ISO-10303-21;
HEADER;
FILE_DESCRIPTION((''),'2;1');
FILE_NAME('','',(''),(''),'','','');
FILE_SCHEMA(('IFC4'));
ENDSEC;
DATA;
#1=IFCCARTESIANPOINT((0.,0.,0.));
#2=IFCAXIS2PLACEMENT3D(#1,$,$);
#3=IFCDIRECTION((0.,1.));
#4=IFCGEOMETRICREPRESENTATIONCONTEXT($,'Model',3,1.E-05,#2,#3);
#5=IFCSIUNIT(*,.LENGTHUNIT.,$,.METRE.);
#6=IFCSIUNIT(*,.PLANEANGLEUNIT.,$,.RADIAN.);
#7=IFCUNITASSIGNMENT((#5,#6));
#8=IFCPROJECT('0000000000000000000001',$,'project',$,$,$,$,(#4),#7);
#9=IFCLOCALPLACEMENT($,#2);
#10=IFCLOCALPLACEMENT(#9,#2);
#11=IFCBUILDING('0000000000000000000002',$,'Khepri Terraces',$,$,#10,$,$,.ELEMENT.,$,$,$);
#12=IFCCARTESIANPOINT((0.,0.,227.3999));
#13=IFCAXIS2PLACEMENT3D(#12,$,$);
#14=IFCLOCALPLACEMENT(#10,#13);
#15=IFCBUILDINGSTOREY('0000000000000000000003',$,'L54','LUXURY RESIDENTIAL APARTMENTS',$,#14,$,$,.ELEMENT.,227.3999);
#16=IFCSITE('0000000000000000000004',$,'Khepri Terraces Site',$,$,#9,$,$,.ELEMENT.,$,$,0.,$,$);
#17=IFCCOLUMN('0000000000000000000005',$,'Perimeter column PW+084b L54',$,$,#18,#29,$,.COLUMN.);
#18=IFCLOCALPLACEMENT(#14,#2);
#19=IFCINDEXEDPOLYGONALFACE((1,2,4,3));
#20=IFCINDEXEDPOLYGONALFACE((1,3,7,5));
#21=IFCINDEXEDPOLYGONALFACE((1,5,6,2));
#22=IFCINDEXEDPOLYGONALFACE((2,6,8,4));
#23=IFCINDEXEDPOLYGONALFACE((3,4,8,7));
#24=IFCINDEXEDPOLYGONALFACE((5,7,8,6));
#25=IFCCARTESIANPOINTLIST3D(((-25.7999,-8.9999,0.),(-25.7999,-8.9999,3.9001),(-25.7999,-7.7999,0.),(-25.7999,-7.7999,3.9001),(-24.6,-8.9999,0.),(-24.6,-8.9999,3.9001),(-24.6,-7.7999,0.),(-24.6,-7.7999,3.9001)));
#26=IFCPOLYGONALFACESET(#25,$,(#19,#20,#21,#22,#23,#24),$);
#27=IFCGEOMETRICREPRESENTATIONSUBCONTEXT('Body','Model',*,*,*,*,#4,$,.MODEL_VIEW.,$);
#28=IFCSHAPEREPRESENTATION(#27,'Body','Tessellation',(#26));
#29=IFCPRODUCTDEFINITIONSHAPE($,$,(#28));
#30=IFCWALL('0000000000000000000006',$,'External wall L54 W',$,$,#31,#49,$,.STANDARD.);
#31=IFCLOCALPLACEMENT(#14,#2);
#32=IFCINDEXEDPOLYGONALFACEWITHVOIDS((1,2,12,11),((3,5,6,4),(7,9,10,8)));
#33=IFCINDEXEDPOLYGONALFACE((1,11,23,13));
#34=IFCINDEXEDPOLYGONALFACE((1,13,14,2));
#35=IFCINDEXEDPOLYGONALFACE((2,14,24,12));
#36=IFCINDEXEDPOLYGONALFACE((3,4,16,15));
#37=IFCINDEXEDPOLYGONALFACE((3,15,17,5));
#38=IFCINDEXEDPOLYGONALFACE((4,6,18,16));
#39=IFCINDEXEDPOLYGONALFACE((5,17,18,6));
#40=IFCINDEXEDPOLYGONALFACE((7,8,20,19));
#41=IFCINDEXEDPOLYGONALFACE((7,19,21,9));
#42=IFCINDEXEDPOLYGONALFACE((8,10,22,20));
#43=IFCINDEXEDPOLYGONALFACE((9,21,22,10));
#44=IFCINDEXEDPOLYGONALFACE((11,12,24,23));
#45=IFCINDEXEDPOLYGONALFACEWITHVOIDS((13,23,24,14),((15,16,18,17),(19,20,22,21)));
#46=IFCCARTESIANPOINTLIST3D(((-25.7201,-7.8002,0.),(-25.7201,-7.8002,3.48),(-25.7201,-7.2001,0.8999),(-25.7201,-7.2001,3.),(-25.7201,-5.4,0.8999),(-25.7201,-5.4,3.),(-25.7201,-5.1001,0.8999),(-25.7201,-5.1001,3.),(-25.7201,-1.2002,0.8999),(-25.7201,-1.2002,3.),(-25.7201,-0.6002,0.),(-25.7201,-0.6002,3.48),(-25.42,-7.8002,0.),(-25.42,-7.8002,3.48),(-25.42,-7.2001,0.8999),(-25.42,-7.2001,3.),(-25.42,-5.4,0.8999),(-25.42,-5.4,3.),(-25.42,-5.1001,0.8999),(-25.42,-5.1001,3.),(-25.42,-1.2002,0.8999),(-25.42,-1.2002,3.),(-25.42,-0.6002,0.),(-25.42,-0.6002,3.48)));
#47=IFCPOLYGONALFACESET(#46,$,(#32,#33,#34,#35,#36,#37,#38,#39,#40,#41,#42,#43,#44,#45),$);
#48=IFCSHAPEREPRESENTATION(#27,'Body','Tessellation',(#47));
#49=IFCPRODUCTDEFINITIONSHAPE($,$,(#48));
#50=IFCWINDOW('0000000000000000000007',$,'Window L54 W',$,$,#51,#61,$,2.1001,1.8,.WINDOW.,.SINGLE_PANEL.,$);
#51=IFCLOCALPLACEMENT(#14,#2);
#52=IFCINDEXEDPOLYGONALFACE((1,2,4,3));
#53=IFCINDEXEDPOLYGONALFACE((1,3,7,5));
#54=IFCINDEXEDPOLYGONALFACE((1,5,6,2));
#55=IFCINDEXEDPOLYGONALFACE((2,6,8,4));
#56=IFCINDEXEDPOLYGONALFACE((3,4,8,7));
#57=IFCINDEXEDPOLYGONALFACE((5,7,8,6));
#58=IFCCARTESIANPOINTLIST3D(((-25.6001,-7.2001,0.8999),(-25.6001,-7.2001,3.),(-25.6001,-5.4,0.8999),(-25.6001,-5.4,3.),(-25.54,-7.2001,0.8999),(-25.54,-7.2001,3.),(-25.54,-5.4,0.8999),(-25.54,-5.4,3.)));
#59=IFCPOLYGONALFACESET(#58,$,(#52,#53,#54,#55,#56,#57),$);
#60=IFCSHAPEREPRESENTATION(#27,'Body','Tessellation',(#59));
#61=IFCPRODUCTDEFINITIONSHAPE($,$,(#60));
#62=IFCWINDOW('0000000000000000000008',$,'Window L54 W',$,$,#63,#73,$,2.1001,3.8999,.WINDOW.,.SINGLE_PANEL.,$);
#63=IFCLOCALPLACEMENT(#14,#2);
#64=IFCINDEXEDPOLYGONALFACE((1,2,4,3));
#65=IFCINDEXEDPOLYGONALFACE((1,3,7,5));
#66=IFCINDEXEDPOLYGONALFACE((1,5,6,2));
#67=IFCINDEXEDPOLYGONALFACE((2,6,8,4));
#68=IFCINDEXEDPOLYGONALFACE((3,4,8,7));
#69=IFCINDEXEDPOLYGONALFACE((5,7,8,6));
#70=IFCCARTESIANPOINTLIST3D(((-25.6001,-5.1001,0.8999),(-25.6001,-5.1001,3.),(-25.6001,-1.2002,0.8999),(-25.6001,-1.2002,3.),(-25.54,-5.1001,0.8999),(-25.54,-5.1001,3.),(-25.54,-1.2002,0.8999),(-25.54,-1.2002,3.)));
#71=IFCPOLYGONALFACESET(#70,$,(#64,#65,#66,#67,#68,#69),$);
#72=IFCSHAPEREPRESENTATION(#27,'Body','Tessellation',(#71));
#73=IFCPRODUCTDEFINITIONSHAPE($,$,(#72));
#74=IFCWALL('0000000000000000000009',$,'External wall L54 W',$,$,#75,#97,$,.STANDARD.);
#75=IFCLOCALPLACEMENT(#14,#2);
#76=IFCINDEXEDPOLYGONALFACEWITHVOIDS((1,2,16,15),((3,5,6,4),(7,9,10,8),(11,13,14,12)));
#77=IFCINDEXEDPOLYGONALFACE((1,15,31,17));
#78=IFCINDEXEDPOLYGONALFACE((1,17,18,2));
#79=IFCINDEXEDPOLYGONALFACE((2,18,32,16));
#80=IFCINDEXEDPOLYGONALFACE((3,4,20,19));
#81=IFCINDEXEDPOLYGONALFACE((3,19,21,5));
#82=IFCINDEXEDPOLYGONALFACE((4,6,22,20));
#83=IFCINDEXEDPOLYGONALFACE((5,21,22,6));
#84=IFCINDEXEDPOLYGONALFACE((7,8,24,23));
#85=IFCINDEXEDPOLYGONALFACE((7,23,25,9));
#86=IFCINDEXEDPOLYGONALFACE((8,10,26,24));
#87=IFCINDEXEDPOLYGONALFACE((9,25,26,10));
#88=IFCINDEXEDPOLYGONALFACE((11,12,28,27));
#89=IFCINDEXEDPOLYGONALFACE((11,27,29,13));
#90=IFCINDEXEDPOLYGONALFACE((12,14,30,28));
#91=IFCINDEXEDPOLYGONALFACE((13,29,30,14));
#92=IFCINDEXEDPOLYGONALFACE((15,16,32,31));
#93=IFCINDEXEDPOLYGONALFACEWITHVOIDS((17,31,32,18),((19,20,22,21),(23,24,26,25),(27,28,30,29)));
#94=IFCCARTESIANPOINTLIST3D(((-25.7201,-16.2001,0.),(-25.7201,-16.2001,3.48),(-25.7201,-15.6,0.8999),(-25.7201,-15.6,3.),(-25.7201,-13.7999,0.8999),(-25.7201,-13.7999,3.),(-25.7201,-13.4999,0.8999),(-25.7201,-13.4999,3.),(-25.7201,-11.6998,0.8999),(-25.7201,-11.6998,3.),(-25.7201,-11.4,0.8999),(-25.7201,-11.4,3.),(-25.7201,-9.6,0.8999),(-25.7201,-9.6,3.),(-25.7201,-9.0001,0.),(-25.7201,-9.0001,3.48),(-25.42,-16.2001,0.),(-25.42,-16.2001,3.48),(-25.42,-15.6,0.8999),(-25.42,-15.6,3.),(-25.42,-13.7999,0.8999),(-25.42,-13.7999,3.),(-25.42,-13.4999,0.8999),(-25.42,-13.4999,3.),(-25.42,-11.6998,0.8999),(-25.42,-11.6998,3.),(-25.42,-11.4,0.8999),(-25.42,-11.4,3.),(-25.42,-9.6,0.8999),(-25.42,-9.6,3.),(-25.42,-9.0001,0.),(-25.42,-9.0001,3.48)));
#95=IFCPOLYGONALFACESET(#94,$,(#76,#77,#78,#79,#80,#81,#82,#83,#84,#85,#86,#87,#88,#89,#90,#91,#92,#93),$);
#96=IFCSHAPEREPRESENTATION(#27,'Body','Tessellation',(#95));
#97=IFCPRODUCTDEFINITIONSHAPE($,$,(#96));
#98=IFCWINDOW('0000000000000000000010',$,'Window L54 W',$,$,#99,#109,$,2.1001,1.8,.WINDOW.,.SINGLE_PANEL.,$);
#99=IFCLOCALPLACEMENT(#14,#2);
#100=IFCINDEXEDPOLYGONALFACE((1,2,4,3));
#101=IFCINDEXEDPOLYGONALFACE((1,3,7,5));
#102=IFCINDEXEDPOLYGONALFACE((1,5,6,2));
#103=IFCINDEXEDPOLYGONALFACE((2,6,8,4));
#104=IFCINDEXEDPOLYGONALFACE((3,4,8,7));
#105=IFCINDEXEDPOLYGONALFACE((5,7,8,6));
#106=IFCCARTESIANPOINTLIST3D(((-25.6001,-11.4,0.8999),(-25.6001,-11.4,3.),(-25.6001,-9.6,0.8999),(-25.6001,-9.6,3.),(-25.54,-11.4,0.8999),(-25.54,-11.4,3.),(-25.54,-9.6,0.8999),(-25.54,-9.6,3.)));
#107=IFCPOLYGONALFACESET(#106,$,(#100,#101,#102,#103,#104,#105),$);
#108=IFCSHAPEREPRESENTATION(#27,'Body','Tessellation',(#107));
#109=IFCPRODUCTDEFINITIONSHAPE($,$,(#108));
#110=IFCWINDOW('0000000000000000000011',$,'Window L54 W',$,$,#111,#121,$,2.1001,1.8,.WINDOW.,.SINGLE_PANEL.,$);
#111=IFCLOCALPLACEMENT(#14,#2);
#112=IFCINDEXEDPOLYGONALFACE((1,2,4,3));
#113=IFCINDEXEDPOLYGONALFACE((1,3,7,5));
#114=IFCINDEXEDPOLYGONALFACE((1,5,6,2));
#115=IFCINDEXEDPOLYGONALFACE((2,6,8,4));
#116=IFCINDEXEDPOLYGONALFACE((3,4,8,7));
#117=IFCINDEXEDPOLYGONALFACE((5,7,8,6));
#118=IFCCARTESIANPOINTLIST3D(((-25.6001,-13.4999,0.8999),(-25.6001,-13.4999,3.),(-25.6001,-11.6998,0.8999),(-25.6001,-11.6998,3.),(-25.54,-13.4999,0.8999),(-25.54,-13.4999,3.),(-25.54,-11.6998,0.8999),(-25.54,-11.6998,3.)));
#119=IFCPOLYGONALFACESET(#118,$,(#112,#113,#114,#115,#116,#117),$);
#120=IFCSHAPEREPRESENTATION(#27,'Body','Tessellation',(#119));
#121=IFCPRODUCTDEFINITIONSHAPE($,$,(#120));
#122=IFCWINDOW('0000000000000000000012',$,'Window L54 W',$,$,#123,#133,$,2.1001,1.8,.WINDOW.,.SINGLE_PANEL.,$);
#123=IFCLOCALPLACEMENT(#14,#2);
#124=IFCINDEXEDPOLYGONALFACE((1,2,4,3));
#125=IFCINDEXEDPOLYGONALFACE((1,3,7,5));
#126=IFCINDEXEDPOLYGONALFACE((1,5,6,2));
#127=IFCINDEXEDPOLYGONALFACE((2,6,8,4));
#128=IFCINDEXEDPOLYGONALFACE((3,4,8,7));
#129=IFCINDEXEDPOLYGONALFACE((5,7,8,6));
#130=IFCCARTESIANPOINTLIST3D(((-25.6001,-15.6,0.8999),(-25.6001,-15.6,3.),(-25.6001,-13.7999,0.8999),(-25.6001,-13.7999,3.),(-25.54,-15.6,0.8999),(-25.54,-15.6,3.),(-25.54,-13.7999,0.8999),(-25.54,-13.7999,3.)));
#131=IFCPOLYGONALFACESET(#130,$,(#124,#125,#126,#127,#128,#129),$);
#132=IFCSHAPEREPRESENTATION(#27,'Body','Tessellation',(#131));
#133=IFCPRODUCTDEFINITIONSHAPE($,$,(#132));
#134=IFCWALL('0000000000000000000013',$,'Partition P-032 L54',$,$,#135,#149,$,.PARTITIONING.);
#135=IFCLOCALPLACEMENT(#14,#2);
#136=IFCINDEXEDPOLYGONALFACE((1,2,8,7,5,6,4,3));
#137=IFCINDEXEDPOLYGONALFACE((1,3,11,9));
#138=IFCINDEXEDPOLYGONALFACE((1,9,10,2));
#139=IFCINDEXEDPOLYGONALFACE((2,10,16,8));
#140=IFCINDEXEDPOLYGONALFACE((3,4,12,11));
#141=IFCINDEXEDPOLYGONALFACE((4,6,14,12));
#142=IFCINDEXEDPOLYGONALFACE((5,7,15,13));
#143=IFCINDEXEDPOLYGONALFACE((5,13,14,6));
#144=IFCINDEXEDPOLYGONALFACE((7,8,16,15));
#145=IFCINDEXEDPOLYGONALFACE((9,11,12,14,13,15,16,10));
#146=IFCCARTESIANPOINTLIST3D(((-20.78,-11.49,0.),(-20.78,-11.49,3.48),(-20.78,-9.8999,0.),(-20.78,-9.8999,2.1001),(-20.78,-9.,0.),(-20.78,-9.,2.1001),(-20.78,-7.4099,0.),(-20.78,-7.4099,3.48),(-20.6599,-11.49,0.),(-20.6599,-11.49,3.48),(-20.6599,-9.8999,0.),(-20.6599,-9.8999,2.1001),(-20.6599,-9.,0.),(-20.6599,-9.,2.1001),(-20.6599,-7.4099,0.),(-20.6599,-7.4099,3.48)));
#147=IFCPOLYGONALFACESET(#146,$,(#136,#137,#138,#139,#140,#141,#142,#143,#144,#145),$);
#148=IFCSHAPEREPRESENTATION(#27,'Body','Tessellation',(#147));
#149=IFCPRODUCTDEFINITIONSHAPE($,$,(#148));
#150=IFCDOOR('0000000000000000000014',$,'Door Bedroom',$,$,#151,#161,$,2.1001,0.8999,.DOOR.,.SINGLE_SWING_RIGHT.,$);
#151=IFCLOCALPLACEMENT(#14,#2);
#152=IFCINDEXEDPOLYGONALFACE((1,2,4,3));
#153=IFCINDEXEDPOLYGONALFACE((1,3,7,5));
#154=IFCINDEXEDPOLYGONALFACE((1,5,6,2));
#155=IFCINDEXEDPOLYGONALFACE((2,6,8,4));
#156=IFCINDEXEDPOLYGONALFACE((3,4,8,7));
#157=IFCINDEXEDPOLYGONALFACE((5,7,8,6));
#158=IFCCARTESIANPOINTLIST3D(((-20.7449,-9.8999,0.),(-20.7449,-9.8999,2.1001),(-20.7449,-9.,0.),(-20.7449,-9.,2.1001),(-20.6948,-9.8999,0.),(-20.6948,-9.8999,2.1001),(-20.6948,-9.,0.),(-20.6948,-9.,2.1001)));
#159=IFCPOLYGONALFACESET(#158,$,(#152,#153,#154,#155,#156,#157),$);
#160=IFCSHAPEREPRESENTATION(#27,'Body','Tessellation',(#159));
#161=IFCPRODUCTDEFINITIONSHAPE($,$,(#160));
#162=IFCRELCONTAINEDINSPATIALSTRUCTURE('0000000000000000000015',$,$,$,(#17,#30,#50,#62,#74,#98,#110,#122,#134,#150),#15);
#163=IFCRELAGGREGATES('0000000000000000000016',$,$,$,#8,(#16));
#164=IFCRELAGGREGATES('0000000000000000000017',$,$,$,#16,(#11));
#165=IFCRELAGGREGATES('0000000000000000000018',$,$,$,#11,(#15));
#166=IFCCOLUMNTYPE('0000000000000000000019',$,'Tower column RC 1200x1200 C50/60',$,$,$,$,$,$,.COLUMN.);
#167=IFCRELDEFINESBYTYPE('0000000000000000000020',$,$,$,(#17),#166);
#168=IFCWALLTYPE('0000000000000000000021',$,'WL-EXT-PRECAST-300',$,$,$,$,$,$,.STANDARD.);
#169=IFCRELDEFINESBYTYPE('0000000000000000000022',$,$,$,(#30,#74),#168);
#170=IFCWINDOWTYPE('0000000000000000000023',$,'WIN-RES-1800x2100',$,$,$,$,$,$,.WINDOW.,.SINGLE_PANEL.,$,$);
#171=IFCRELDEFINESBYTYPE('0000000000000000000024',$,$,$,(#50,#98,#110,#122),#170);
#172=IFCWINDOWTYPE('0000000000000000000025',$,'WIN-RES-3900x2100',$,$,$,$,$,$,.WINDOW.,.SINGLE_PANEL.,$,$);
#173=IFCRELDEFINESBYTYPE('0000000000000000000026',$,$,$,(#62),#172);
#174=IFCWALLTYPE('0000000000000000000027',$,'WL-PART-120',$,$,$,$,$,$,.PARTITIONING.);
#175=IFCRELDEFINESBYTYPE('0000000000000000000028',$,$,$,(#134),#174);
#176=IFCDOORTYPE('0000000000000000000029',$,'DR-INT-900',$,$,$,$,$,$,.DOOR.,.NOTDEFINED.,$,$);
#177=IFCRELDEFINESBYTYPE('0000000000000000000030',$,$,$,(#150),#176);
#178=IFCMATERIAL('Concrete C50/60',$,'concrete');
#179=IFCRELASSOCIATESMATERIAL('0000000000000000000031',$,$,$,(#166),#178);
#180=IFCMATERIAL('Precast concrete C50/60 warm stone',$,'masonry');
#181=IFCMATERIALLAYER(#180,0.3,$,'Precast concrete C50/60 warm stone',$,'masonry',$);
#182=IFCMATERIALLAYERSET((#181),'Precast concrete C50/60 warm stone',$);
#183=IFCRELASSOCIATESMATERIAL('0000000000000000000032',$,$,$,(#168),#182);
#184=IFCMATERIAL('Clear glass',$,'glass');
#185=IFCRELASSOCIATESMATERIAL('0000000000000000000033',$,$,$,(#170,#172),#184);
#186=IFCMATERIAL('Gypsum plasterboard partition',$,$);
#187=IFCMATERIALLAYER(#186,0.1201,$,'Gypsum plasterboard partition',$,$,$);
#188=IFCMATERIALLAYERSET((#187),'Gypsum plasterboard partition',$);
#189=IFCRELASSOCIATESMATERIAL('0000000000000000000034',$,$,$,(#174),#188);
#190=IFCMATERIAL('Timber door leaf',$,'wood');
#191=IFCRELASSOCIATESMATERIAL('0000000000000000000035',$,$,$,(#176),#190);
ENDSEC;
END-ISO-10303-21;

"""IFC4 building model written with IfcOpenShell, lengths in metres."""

from ifc_helpers import new_model, si_unit, direction, frame, frame_2d, origin, origin_2d, place, context, subcontext, project, spatial, rectangle, extrude, material, layer, layer_set, material_profile, profile_set, type_object, element, fill, save


model = new_model("IFC4")

# Units and contexts
model_context = context("Model", 3, precision=1e-05, world=origin(), true_north=direction((0.0, 1.0)))
body_context = subcontext(model_context, "Body", "Model", "MODEL_VIEW")
ifc_project = project(units=[si_unit("LENGTHUNIT", "METRE"), si_unit("PLANEANGLEUNIT", "RADIAN")], contexts=[model_context])

# Site, building, storey
site_placement = place(None, origin())
site = spatial("IfcSite", under=ifc_project, at=site_placement, Name="Khepri Terraces Site", CompositionType="ELEMENT", RefElevation=0.0)
building_placement = place(site_placement, origin())
building = spatial("IfcBuilding", under=site, at=building_placement, Name="Khepri Terraces", CompositionType="ELEMENT")
storey_placement = place(building_placement, frame((0.0, 0.0, 227.3999)))
storey = spatial("IfcBuildingStorey", under=building, at=storey_placement, Name="L54", Description="LUXURY RESIDENTIAL APARTMENTS", CompositionType="ELEMENT", Elevation=227.3999)

# Column
ifc_material_1 = material(Name="Concrete C50/60", Category="concrete")
ifc_material_profile = material_profile(ifc_material_1, rectangle(XDim=1.2, YDim=1.2, at=origin_2d()), Name="Concrete C50/60", Category="concrete")
ifc_profile_set = profile_set([ifc_material_profile], Name="Concrete C50/60")
column_type = type_object("IfcColumnType", Name="Tower column RC 1200x1200 C50/60", PredefinedType="COLUMN", material=ifc_profile_set)
column_placement = place(storey_placement, frame((-25.2, -8.3999, 0.0), z_axis=(0.0, 0.0, 1.0), x_axis=(1.0, 0.0, 0.0)))
element("IfcColumn", 1, at=column_placement, inside=storey, type_object=column_type, Name="Perimeter column PW+084b L54", PredefinedType="COLUMN", context=body_context, shape_type="SweptSolid", body=[
    extrude(rectangle(XDim=1.2, YDim=1.2, at=origin_2d()), origin(), (0.0, 0.0, 1.0), 3.9001),
])

# Walls, openings, windows
ifc_material_2 = material(Name="Precast concrete C50/60 warm stone", Category="masonry")
ifc_layer_1 = layer(ifc_material_2, 0.3, Name="Precast concrete C50/60 warm stone", Category="masonry")
ifc_layer_set_1 = layer_set([ifc_layer_1], Name="Precast concrete C50/60 warm stone")
wall_type_1 = type_object("IfcWallType", Name="WL-EXT-PRECAST-300", PredefinedType="STANDARD", material=ifc_layer_set_1)
wall_1_placement = place(storey_placement, frame((-25.5701, -0.6001, 0.0), z_axis=(0.0, 0.0, 1.0), x_axis=(0.0, -1.0, 0.0)))
wall_1 = element("IfcWall", 2, at=wall_1_placement, inside=storey, type_object=wall_type_1, Name="External wall L54 W", PredefinedType="STANDARD", context=body_context, shape_type="SweptSolid", body=[
    extrude(rectangle(XDim=7.2, YDim=0.3, at=frame_2d((3.6001, 0.0))), origin(), (0.0, 0.0, 1.0), 3.48),
])
opening_1_placement = place(wall_1_placement, frame((0.6001, 0.0, 0.8999)))
opening_1 = element("IfcOpeningElement", 3, at=opening_1_placement, cuts=wall_1, PredefinedType="OPENING", context=body_context, shape_type="SweptSolid", body=[
    extrude(rectangle(XDim=3.8999, YDim=2.1001, at=frame_2d((1.95, 1.05))), frame((0.0, 0.1602, 0.0), z_axis=(0.0, -1.0, 0.0), x_axis=(1.0, 0.0, 0.0)), (0.0, 0.0, 1.0), 0.3201),
])
opening_2_placement = place(wall_1_placement, frame((4.8, 0.0, 0.8999)))
opening_2 = element("IfcOpeningElement", 4, at=opening_2_placement, cuts=wall_1, PredefinedType="OPENING", context=body_context, shape_type="SweptSolid", body=[
    extrude(rectangle(XDim=1.8, YDim=2.1001, at=frame_2d((0.8999, 1.05))), frame((0.0, 0.1602, 0.0), z_axis=(0.0, -1.0, 0.0), x_axis=(1.0, 0.0, 0.0)), (0.0, 0.0, 1.0), 0.3201),
])
ifc_material_3 = material(Name="Clear glass", Category="glass")
window_type_1 = type_object("IfcWindowType", Name="WIN-RES-1800x2100", PartitioningType="SINGLE_PANEL", PredefinedType="WINDOW", material=ifc_material_3)
window_1_placement = place(opening_2_placement, origin())
window_1 = element("IfcWindow", 5, at=window_1_placement, inside=storey, type_object=window_type_1, Name="Window L54 W", OverallHeight=2.1001, OverallWidth=1.8, PartitioningType="SINGLE_PANEL", PredefinedType="WINDOW", context=body_context, shape_type="SweptSolid", body=[
    extrude(rectangle(XDim=1.8, YDim=2.1001, at=frame_2d((0.8999, 1.05))), frame((0.0, 0.03, 0.0), z_axis=(0.0, -1.0, 0.0), x_axis=(1.0, 0.0, 0.0)), (0.0, 0.0, 1.0), 0.0601),
])
fill(opening_2, window_1)
window_type_2 = type_object("IfcWindowType", Name="WIN-RES-3900x2100", PartitioningType="SINGLE_PANEL", PredefinedType="WINDOW", material=ifc_material_3)
window_2_placement = place(opening_1_placement, origin())
window_2 = element("IfcWindow", 6, at=window_2_placement, inside=storey, type_object=window_type_2, Name="Window L54 W", OverallHeight=2.1001, OverallWidth=3.8999, PartitioningType="SINGLE_PANEL", PredefinedType="WINDOW", context=body_context, shape_type="SweptSolid", body=[
    extrude(rectangle(XDim=3.8999, YDim=2.1001, at=frame_2d((1.95, 1.05))), frame((0.0, 0.03, 0.0), z_axis=(0.0, -1.0, 0.0), x_axis=(1.0, 0.0, 0.0)), (0.0, 0.0, 1.0), 0.0601),
])
fill(opening_1, window_2)
wall_2_placement = place(storey_placement, frame((-25.5701, -9.0, 0.0), z_axis=(0.0, 0.0, 1.0), x_axis=(0.0, -1.0, 0.0)))
wall_2 = element("IfcWall", 7, at=wall_2_placement, inside=storey, type_object=wall_type_1, Name="External wall L54 W", PredefinedType="STANDARD", context=body_context, shape_type="SweptSolid", body=[
    extrude(rectangle(XDim=7.2, YDim=0.3, at=frame_2d((3.6001, 0.0))), origin(), (0.0, 0.0, 1.0), 3.48),
])
opening_3_placement = place(wall_2_placement, frame((0.6001, 0.0, 0.8999)))
opening_3 = element("IfcOpeningElement", 8, at=opening_3_placement, cuts=wall_2, PredefinedType="OPENING", context=body_context, shape_type="SweptSolid", body=[
    extrude(rectangle(XDim=1.8, YDim=2.1001, at=frame_2d((0.8999, 1.05))), frame((0.0, 0.1602, 0.0), z_axis=(0.0, -1.0, 0.0), x_axis=(1.0, 0.0, 0.0)), (0.0, 0.0, 1.0), 0.3201),
])
opening_4_placement = place(wall_2_placement, frame((2.7, 0.0, 0.8999)))
opening_4 = element("IfcOpeningElement", 9, at=opening_4_placement, cuts=wall_2, PredefinedType="OPENING", context=body_context, shape_type="SweptSolid", body=[
    extrude(rectangle(XDim=1.8, YDim=2.1001, at=frame_2d((0.8999, 1.05))), frame((0.0, 0.1602, 0.0), z_axis=(0.0, -1.0, 0.0), x_axis=(1.0, 0.0, 0.0)), (0.0, 0.0, 1.0), 0.3201),
])
opening_5_placement = place(wall_2_placement, frame((4.8, 0.0, 0.8999)))
opening_5 = element("IfcOpeningElement", 10, at=opening_5_placement, cuts=wall_2, PredefinedType="OPENING", context=body_context, shape_type="SweptSolid", body=[
    extrude(rectangle(XDim=1.8, YDim=2.1001, at=frame_2d((0.8999, 1.05))), frame((0.0, 0.1602, 0.0), z_axis=(0.0, -1.0, 0.0), x_axis=(1.0, 0.0, 0.0)), (0.0, 0.0, 1.0), 0.3201),
])
window_3_placement = place(opening_3_placement, origin())
window_3 = element("IfcWindow", 11, at=window_3_placement, inside=storey, type_object=window_type_1, Name="Window L54 W", OverallHeight=2.1001, OverallWidth=1.8, PartitioningType="SINGLE_PANEL", PredefinedType="WINDOW", context=body_context, shape_type="SweptSolid", body=[
    extrude(rectangle(XDim=1.8, YDim=2.1001, at=frame_2d((0.8999, 1.05))), frame((0.0, 0.03, 0.0), z_axis=(0.0, -1.0, 0.0), x_axis=(1.0, 0.0, 0.0)), (0.0, 0.0, 1.0), 0.0601),
])
fill(opening_3, window_3)
window_4_placement = place(opening_4_placement, origin())
window_4 = element("IfcWindow", 12, at=window_4_placement, inside=storey, type_object=window_type_1, Name="Window L54 W", OverallHeight=2.1001, OverallWidth=1.8, PartitioningType="SINGLE_PANEL", PredefinedType="WINDOW", context=body_context, shape_type="SweptSolid", body=[
    extrude(rectangle(XDim=1.8, YDim=2.1001, at=frame_2d((0.8999, 1.05))), frame((0.0, 0.03, 0.0), z_axis=(0.0, -1.0, 0.0), x_axis=(1.0, 0.0, 0.0)), (0.0, 0.0, 1.0), 0.0601),
])
fill(opening_4, window_4)
window_5_placement = place(opening_5_placement, origin())
window_5 = element("IfcWindow", 13, at=window_5_placement, inside=storey, type_object=window_type_1, Name="Window L54 W", OverallHeight=2.1001, OverallWidth=1.8, PartitioningType="SINGLE_PANEL", PredefinedType="WINDOW", context=body_context, shape_type="SweptSolid", body=[
    extrude(rectangle(XDim=1.8, YDim=2.1001, at=frame_2d((0.8999, 1.05))), frame((0.0, 0.03, 0.0), z_axis=(0.0, -1.0, 0.0), x_axis=(1.0, 0.0, 0.0)), (0.0, 0.0, 1.0), 0.0601),
])
fill(opening_5, window_5)

# Wall, opening, door
ifc_material_4 = material(Name="Gypsum plasterboard partition")
ifc_layer_2 = layer(ifc_material_4, 0.1201, Name="Gypsum plasterboard partition")
ifc_layer_set_2 = layer_set([ifc_layer_2], Name="Gypsum plasterboard partition")
wall_type_2 = type_object("IfcWallType", Name="WL-PART-120", PredefinedType="PARTITIONING", material=ifc_layer_set_2)
wall_3_placement = place(storey_placement, frame((-20.72, -11.49, 0.0), z_axis=(0.0, 0.0, 1.0), x_axis=(0.0, 1.0, 0.0)))
wall_3 = element("IfcWall", 14, at=wall_3_placement, inside=storey, type_object=wall_type_2, Name="Partition P-032 L54", PredefinedType="PARTITIONING", context=body_context, shape_type="SweptSolid", body=[
    extrude(rectangle(XDim=4.0801, YDim=0.1201, at=frame_2d((2.04, 0.0))), origin(), (0.0, 0.0, 1.0), 3.48),
])
opening_6_placement = place(wall_3_placement, frame((1.5901, 0.0, 0.0)))
opening_6 = element("IfcOpeningElement", 15, at=opening_6_placement, cuts=wall_3, PredefinedType="OPENING", context=body_context, shape_type="SweptSolid", body=[
    extrude(rectangle(XDim=0.8999, YDim=2.1001, at=frame_2d((0.45, 1.05))), frame((0.0, 0.0701, 0.0), z_axis=(0.0, -1.0, 0.0), x_axis=(1.0, 0.0, 0.0)), (0.0, 0.0, 1.0), 0.1401),
])
ifc_material_5 = material(Name="Timber door leaf", Category="wood")
door_type_1 = type_object("IfcDoorType", Name="DR-INT-900", OperationType="NOTDEFINED", PredefinedType="DOOR", material=ifc_material_5)
door_1_placement = place(opening_6_placement, origin())
door_1 = element("IfcDoor", 16, at=door_1_placement, inside=storey, type_object=door_type_1, Name="Door Bedroom", OperationType="SINGLE_SWING_RIGHT", OverallHeight=2.1001, OverallWidth=0.8999, PredefinedType="DOOR", context=body_context, shape_type="SweptSolid", body=[
    extrude(rectangle(XDim=0.8999, YDim=2.1001, at=frame_2d((0.45, 1.05))), frame((0.0, 0.0249, 0.0), z_axis=(0.0, -1.0, 0.0), x_axis=(1.0, 0.0, 0.0)), (0.0, 0.0, 1.0), 0.05),
])
fill(opening_6, door_1)

save(model, "model.ifc")
